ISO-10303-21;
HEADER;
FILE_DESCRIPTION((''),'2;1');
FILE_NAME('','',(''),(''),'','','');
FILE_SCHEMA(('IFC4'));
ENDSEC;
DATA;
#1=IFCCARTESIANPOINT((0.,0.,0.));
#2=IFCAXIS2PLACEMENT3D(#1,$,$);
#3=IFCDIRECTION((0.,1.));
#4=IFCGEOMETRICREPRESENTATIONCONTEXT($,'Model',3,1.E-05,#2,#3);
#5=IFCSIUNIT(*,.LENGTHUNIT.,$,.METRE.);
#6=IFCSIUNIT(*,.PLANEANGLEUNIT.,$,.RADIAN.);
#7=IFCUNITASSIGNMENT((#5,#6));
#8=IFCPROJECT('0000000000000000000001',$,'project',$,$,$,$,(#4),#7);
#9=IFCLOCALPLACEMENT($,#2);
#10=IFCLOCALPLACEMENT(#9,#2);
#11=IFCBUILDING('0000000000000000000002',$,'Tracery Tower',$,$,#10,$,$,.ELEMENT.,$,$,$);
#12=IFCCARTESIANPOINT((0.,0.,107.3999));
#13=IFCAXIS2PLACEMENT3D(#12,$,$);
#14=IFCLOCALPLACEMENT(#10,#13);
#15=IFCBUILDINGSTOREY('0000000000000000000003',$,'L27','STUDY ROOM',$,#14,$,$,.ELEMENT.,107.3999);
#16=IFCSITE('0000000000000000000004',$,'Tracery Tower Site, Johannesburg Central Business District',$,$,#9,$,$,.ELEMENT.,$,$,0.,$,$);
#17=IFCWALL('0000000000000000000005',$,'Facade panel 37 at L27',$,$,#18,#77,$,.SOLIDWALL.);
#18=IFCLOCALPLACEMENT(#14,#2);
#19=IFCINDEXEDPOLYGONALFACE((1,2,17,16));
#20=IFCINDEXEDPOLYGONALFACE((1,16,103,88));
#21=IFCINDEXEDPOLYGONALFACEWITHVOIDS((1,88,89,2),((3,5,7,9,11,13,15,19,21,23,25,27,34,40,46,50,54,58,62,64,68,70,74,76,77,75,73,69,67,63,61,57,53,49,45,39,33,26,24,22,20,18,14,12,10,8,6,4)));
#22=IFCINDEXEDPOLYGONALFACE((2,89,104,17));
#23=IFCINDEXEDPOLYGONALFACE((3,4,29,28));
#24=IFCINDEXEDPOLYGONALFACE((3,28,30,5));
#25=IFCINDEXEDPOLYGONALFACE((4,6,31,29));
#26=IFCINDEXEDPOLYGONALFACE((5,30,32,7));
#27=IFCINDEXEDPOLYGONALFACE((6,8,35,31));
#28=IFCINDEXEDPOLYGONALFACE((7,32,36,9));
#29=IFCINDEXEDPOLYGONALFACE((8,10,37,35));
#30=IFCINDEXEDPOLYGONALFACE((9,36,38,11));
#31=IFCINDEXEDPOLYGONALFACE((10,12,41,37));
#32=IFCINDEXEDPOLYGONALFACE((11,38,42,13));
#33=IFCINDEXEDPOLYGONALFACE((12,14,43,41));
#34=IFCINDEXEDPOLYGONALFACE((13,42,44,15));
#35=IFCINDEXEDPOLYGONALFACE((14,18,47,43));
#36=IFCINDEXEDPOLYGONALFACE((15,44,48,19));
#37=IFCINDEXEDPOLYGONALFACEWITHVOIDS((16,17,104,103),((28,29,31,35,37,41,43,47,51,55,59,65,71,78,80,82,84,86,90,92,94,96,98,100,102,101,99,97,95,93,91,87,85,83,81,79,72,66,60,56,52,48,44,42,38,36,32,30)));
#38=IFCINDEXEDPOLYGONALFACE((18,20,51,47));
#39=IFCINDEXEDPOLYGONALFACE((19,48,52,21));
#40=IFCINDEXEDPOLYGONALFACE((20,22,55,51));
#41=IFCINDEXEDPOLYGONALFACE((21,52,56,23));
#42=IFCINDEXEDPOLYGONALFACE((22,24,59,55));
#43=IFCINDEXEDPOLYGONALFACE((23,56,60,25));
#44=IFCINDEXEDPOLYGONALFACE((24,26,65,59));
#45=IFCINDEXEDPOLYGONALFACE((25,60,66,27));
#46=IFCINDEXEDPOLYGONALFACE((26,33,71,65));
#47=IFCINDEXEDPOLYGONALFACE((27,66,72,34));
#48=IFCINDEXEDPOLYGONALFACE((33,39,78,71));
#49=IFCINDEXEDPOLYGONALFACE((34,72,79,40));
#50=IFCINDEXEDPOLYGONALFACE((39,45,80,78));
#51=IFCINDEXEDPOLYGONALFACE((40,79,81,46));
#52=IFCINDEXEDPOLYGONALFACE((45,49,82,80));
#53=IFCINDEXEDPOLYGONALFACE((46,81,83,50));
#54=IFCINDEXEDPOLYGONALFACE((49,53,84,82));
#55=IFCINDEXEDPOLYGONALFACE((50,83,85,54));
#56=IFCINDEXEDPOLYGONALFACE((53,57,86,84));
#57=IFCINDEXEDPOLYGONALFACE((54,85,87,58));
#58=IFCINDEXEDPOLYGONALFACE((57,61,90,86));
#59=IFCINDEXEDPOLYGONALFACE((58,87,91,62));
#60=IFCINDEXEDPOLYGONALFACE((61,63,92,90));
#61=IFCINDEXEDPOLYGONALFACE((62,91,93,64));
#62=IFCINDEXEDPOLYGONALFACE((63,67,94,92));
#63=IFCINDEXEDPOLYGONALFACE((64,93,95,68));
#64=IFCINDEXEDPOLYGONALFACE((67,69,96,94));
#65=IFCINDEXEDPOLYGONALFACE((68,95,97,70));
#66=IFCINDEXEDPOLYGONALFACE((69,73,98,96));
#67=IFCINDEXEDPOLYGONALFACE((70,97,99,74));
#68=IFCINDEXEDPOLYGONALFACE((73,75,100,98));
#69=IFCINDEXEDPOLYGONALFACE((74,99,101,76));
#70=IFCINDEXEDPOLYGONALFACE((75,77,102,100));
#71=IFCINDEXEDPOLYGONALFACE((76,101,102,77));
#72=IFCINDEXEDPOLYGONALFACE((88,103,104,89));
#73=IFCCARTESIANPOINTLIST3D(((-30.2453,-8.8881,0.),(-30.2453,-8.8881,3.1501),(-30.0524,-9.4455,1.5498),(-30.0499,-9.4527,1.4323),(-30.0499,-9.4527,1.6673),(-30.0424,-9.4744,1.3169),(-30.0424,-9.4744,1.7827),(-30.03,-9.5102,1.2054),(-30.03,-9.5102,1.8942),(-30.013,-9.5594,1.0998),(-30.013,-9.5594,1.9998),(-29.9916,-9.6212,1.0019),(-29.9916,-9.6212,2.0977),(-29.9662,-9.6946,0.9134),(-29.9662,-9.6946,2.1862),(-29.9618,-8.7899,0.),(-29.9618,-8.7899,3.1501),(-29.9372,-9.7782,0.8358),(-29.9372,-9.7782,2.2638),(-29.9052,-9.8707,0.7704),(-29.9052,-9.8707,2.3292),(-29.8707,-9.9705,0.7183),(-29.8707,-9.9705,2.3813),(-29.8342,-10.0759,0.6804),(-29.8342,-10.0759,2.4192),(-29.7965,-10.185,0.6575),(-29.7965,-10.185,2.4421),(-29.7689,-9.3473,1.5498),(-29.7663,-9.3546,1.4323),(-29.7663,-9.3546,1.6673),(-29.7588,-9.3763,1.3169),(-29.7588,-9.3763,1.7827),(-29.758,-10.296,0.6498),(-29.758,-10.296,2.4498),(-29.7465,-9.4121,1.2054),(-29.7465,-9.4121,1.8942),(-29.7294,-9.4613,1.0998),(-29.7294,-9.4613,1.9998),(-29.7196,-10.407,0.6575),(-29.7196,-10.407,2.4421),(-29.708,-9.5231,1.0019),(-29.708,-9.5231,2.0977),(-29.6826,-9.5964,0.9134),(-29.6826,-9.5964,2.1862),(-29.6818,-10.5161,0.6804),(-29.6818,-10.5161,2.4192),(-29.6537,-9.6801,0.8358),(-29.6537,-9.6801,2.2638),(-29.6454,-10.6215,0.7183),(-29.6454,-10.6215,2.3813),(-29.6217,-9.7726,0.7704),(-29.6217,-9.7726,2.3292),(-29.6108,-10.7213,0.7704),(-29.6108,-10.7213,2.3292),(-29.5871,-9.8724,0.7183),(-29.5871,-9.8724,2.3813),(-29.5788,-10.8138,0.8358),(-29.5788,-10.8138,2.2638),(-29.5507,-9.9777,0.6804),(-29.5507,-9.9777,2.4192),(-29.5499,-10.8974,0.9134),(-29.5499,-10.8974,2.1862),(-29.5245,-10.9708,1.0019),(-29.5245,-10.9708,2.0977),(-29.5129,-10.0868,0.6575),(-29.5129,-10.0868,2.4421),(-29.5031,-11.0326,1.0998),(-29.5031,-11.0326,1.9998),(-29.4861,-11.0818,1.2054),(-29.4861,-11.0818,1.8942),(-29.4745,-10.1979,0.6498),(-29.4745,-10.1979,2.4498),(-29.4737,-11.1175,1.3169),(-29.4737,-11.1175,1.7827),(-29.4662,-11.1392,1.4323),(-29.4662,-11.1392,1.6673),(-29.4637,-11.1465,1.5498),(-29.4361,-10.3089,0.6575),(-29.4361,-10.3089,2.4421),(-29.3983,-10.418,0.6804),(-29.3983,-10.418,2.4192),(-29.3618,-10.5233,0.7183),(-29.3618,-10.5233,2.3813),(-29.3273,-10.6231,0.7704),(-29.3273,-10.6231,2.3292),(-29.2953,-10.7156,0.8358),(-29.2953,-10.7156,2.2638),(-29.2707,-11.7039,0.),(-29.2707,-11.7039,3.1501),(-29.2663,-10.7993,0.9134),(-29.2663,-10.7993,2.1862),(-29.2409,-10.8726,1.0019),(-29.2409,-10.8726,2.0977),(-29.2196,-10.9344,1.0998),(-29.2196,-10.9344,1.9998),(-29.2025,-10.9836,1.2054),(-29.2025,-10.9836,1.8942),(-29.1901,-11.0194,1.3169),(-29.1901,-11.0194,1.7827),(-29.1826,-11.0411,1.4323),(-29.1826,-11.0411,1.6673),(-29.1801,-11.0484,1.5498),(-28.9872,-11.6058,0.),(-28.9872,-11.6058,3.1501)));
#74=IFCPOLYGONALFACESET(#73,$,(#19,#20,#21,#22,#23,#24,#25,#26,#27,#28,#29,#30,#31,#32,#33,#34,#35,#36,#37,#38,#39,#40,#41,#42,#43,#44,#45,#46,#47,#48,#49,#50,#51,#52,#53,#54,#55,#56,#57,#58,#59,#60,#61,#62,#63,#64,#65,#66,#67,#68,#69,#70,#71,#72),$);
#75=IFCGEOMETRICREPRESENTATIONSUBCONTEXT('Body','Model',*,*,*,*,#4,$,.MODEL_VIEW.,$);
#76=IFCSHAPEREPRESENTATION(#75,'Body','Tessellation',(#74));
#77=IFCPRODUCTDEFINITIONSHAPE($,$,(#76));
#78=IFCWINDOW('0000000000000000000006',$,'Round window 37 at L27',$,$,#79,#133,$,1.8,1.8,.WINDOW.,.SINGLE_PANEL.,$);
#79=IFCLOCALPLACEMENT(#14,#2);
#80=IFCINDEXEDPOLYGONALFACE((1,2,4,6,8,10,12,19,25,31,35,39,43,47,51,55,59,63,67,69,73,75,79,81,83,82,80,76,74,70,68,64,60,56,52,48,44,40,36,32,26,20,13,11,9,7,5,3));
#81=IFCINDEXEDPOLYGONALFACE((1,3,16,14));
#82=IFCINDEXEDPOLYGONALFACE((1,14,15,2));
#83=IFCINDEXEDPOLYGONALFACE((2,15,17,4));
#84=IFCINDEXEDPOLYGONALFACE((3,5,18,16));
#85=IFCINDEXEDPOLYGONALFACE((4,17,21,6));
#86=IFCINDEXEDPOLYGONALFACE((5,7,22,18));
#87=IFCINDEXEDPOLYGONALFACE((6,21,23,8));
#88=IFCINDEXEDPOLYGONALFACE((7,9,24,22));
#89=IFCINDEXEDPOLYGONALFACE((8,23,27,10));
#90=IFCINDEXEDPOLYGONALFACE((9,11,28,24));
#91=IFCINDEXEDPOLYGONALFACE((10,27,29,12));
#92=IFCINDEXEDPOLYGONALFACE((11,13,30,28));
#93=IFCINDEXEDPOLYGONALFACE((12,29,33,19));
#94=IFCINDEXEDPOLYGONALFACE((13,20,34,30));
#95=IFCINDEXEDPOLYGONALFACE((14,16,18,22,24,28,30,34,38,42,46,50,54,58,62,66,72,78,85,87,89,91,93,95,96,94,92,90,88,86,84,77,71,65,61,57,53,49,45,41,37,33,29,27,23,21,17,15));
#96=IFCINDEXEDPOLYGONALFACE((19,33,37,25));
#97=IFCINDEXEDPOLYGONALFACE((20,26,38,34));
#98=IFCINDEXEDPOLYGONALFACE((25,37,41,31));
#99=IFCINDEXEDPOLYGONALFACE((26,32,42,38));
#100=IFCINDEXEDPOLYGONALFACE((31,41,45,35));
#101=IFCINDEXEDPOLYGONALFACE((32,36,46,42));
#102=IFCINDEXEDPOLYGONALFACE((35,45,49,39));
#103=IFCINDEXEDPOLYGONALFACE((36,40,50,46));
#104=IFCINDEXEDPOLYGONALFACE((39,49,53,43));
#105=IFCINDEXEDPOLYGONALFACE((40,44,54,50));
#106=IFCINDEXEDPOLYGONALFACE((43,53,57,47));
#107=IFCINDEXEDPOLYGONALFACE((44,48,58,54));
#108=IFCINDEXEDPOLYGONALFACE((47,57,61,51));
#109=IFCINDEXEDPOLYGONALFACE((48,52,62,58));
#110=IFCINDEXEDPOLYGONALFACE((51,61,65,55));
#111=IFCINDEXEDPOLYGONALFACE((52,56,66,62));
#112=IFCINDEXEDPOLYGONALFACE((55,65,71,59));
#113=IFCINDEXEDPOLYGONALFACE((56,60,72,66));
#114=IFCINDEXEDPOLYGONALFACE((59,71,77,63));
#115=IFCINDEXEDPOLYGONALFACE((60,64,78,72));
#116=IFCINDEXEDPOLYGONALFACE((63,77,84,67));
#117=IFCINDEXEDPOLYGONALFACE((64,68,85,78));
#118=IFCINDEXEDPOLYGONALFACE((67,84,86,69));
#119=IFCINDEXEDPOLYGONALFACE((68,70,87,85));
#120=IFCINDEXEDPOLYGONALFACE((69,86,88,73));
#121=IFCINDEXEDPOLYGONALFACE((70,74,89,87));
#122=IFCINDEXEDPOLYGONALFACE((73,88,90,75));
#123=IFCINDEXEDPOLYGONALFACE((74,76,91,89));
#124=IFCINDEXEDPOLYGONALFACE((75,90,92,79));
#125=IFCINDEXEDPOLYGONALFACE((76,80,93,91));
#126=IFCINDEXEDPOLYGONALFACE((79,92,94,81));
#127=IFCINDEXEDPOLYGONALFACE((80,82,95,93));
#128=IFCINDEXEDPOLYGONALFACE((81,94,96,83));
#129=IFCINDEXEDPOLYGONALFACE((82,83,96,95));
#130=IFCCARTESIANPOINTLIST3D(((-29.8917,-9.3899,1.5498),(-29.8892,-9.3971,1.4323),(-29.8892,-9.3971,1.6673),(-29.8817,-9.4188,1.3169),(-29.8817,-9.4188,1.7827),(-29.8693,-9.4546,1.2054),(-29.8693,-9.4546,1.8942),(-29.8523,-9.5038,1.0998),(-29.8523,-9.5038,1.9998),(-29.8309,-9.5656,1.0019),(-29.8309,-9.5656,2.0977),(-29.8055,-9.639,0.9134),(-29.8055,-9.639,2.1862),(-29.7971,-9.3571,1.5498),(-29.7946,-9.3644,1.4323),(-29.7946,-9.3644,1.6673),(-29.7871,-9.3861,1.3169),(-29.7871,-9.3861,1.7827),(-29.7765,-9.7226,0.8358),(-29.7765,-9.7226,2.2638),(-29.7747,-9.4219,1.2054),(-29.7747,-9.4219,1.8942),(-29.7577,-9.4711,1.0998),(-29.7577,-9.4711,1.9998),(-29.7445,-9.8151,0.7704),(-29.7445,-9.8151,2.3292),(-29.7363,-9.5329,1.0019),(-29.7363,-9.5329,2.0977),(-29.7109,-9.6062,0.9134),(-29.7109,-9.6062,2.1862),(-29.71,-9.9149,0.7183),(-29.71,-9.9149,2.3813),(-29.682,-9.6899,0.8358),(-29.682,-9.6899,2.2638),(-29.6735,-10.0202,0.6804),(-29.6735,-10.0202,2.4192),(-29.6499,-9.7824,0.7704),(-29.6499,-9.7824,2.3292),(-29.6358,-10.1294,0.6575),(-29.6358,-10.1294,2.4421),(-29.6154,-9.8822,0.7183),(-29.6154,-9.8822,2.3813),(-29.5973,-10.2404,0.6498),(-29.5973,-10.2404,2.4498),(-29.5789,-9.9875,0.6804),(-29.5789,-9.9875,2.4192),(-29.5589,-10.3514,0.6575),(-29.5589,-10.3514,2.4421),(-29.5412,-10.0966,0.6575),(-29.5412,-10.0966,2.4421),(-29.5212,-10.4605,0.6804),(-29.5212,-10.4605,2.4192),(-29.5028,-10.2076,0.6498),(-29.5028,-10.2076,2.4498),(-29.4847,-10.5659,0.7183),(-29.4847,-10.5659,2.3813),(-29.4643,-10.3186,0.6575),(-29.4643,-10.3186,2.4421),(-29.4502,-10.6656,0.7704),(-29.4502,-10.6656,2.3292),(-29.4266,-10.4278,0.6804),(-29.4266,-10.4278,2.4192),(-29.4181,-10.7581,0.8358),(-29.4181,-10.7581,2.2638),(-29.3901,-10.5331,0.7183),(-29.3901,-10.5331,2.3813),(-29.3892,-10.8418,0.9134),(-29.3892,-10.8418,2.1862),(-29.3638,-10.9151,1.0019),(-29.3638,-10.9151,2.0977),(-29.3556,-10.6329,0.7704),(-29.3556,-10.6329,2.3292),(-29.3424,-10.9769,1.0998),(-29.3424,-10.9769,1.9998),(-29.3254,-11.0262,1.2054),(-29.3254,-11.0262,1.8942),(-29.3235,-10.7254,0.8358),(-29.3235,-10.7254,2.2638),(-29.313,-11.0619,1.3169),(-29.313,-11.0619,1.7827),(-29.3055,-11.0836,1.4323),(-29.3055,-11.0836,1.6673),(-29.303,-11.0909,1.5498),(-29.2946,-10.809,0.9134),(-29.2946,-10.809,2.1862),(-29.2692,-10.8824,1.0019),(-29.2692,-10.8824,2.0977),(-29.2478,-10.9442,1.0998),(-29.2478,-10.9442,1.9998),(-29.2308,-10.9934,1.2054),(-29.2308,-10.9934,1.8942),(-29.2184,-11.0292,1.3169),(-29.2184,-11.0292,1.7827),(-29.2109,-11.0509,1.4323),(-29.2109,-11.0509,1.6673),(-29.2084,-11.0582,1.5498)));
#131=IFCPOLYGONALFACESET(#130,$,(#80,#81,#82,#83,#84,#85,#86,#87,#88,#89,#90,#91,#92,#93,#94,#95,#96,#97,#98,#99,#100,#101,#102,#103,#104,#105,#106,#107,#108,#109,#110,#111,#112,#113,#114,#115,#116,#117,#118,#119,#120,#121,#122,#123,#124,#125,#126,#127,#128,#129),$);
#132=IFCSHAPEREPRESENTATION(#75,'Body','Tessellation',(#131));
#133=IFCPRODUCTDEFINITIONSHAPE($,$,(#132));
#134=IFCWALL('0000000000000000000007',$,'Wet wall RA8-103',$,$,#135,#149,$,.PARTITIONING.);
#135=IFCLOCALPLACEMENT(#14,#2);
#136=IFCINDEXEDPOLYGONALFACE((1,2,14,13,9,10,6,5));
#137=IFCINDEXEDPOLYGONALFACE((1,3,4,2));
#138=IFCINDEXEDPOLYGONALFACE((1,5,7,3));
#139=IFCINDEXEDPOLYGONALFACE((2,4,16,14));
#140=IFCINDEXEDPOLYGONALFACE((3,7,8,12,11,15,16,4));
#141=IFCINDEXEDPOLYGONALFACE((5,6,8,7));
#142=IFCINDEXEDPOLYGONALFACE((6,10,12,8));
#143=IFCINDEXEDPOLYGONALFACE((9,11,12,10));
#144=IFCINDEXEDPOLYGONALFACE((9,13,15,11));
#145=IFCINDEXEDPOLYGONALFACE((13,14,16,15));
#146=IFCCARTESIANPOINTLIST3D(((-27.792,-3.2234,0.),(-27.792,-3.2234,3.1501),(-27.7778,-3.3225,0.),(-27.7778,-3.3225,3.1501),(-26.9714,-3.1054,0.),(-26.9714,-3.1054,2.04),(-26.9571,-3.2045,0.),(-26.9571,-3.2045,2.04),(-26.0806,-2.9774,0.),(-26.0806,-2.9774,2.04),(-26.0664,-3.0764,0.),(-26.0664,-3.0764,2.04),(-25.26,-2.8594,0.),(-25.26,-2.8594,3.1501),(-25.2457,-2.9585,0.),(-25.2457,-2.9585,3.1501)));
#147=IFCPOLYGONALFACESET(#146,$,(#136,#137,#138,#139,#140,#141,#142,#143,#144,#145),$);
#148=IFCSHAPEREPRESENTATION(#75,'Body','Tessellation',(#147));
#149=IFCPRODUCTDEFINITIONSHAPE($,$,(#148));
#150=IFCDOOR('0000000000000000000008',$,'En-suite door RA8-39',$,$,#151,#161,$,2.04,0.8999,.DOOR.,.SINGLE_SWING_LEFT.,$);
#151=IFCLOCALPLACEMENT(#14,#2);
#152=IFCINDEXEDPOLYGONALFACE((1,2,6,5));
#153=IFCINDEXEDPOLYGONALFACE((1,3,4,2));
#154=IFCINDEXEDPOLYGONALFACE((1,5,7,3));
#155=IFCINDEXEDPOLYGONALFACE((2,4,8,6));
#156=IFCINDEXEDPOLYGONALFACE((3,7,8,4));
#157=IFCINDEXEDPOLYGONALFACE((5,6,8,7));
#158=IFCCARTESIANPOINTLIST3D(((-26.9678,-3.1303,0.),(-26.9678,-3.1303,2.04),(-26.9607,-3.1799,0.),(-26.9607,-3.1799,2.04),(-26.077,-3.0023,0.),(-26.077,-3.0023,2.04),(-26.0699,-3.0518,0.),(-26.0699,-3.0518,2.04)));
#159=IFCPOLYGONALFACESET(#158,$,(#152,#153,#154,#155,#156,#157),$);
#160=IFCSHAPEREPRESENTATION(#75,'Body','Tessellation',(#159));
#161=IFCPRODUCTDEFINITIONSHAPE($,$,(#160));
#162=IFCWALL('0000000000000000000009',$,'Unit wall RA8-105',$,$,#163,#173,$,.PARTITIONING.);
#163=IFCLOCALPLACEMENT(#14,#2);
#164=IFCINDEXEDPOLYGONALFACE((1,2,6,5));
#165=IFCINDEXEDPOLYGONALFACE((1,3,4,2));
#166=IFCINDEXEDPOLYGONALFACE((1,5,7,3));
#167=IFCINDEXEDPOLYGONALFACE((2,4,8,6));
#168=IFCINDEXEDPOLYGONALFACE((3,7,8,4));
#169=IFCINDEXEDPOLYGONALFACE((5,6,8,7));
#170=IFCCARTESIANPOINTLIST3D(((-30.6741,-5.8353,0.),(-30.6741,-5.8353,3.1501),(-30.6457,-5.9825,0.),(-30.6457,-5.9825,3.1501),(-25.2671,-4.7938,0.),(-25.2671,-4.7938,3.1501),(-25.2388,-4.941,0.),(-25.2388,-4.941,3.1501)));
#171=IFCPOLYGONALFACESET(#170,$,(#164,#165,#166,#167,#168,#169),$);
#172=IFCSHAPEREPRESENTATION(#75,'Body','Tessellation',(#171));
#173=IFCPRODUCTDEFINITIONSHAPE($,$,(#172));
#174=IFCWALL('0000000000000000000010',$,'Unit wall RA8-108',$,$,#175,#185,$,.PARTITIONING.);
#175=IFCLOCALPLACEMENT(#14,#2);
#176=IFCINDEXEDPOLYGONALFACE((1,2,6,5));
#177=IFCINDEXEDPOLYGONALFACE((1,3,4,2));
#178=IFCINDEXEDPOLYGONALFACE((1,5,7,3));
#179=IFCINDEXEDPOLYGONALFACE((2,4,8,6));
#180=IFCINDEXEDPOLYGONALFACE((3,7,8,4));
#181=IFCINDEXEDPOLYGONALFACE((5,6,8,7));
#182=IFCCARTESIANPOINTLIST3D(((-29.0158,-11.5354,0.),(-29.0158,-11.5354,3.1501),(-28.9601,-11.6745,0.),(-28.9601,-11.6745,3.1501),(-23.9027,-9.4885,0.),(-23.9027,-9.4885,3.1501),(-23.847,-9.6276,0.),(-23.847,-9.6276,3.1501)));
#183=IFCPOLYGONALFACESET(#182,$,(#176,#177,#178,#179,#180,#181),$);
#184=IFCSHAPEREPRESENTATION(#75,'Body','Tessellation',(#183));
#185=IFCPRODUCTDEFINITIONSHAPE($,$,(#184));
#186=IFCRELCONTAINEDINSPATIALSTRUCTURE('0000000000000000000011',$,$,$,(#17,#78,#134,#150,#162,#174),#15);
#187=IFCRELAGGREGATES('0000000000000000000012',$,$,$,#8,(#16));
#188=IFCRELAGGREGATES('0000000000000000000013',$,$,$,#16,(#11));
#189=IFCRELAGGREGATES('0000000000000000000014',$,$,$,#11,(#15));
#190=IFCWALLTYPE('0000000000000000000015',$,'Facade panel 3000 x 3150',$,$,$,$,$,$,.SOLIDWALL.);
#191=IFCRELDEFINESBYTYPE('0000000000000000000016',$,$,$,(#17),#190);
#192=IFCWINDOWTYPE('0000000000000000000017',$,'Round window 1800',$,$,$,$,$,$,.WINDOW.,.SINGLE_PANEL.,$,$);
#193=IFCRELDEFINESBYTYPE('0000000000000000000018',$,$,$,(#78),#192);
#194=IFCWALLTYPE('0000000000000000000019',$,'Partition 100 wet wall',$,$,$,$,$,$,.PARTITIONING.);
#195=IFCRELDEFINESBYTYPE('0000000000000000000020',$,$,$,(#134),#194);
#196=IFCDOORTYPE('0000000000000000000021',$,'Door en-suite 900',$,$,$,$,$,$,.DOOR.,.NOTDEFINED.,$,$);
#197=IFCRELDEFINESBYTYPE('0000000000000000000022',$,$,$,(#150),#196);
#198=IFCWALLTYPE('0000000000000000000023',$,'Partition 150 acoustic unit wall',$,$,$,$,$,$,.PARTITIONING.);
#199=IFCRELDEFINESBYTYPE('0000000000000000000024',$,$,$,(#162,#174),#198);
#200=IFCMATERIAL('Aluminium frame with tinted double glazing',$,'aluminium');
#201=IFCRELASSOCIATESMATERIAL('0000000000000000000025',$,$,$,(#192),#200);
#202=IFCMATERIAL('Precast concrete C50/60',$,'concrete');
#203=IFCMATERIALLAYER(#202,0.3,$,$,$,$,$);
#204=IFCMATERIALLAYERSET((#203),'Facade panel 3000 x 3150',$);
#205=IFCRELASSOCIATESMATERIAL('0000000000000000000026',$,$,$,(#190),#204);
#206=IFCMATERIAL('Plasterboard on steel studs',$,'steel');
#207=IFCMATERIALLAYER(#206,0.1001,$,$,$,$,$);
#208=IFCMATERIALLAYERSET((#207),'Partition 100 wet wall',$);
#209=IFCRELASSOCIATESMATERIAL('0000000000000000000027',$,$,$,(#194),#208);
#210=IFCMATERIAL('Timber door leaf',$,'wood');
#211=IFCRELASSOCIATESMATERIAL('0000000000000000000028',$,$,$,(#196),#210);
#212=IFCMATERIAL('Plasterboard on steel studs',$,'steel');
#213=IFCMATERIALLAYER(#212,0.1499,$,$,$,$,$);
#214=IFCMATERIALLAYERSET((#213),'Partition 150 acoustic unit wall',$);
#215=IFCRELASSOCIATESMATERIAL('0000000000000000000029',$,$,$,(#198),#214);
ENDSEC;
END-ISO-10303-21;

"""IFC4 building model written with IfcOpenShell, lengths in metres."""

from ifc_helpers import new_model, si_unit, direction, frame, frame_2d, origin, origin_2d, place, context, subcontext, project, spatial, rectangle, circle, extrude, material, layer, layer_set, type_object, element, fill, save


model = new_model("IFC4")

# Units and contexts
model_context = context("Model", 3, precision=1e-05, world=origin(), true_north=direction((0.0, 1.0)))
body_context = subcontext(model_context, "Body", "Model", "MODEL_VIEW")
ifc_project = project(units=[si_unit("LENGTHUNIT", "METRE"), si_unit("PLANEANGLEUNIT", "RADIAN")], contexts=[model_context])

# Site, building, storey
site_placement = place(None, origin())
site = spatial("IfcSite", under=ifc_project, at=site_placement, Name="Tracery Tower Site, Johannesburg Central Business District", CompositionType="ELEMENT", RefElevation=0.0)
building_placement = place(site_placement, origin())
building = spatial("IfcBuilding", under=site, at=building_placement, Name="Tracery Tower", CompositionType="ELEMENT")
storey_placement = place(building_placement, frame((0.0, 0.0, 107.3999)))
storey = spatial("IfcBuildingStorey", under=building, at=storey_placement, Name="L27", Description="STUDY ROOM", CompositionType="ELEMENT", Elevation=107.3999)

# Wall, opening, window
ifc_material_1 = material(Name="Aluminium frame with tinted double glazing", Category="aluminium")
window_type = type_object("IfcWindowType", Name="Round window 1800", PartitioningType="SINGLE_PANEL", PredefinedType="WINDOW", material=ifc_material_1)
ifc_material_2 = material(Name="Precast concrete C50/60", Category="concrete")
ifc_layer_1 = layer(ifc_material_2, 0.3)
ifc_layer_set_1 = layer_set([ifc_layer_1], Name="Facade panel 3000 x 3150")
wall_type_1 = type_object("IfcWallType", Name="Facade panel 3000 x 3150", PredefinedType="SOLIDWALL", material=ifc_layer_set_1)
wall_1_placement = place(storey_placement, frame((-30.1035, -8.8391, 0.0), z_axis=(0.0, 0.0, 1.0), x_axis=(0.327071, -0.945, 0.0)))
wall_1 = element("IfcWall", 1, at=wall_1_placement, inside=storey, type_object=wall_type_1, Name="Facade panel 37 at L27", PredefinedType="SOLIDWALL", context=body_context, shape_type="SweptSolid", body=[
    extrude(rectangle(XDim=2.9797, YDim=0.3, at=frame_2d((1.4897, 0.0))), origin(), (0.0, 0.0, 1.0), 3.1501),
])
opening_1_placement = place(wall_1_placement, frame((1.4897, 0.0, 1.5498)))
opening_1 = element("IfcOpeningElement", 2, at=opening_1_placement, cuts=wall_1, PredefinedType="OPENING", context=body_context, shape_type="SweptSolid", body=[
    extrude(circle(Radius=0.9, at=origin_2d()), frame((0.0, 0.1599, 0.0), z_axis=(0.0, -1.0, 0.0), x_axis=(1.0, 0.0, 0.0)), (0.0, 0.0, 1.0), 0.3201),
])
window_1_placement = place(opening_1_placement, origin())
window_1 = element("IfcWindow", 3, at=window_1_placement, inside=storey, type_object=window_type, Name="Round window 37 at L27", OverallHeight=1.8, OverallWidth=1.8, PartitioningType="SINGLE_PANEL", PredefinedType="WINDOW", context=body_context, shape_type="SweptSolid", body=[
    extrude(circle(Radius=0.9, at=origin_2d()), frame((0.0, 0.1201, 0.0), z_axis=(0.0, -1.0, 0.0), x_axis=(1.0, 0.0, 0.0)), (0.0, 0.0, 1.0), 0.1001),
])
fill(opening_1, window_1)

# Wall, opening, door
ifc_material_3 = material(Name="Plasterboard on steel studs", Category="steel")
ifc_layer_2 = layer(ifc_material_3, 0.1001)
ifc_layer_set_2 = layer_set([ifc_layer_2], Name="Partition 100 wet wall")
wall_type_2 = type_object("IfcWallType", Name="Partition 100 wet wall", PredefinedType="PARTITIONING", material=ifc_layer_set_2)
wall_2_placement = place(storey_placement, frame((-27.7849, -3.2729, 0.0), z_axis=(0.0, 0.0, 1.0), x_axis=(0.989823, 0.142303, 0.0)))
wall_2 = element("IfcWall", 4, at=wall_2_placement, inside=storey, type_object=wall_type_2, Name="Wet wall RA8-103", PredefinedType="PARTITIONING", context=body_context, shape_type="SweptSolid", body=[
    extrude(rectangle(XDim=2.5581, YDim=0.1001, at=frame_2d((1.2791, 0.0))), origin(), (0.0, 0.0, 1.0), 3.1501),
])
opening_2_placement = place(wall_2_placement, frame((0.8291, 0.0, 0.0)))
opening_2 = element("IfcOpeningElement", 5, at=opening_2_placement, cuts=wall_2, PredefinedType="OPENING", context=body_context, shape_type="SweptSolid", body=[
    extrude(rectangle(XDim=0.8999, YDim=2.04, at=frame_2d((0.45, 1.02))), frame((0.0, 0.05, 0.0), z_axis=(0.0, -1.0, 0.0), x_axis=(1.0, 0.0, 0.0)), (0.0, 0.0, 1.0), 0.1001),
])
ifc_material_4 = material(Name="Timber door leaf", Category="wood")
door_type = type_object("IfcDoorType", Name="Door en-suite 900", OperationType="NOTDEFINED", PredefinedType="DOOR", material=ifc_material_4)
door_placement = place(opening_2_placement, origin())
door = element("IfcDoor", 6, at=door_placement, inside=storey, type_object=door_type, Name="En-suite door RA8-39", OperationType="SINGLE_SWING_LEFT", OverallHeight=2.04, OverallWidth=0.8999, PredefinedType="DOOR", context=body_context, shape_type="SweptSolid", body=[
    extrude(rectangle(XDim=0.8999, YDim=2.04, at=frame_2d((0.45, 1.02))), frame((0.0, 0.0249, 0.0), z_axis=(0.0, -1.0, 0.0), x_axis=(1.0, 0.0, 0.0)), (0.0, 0.0, 1.0), 0.05),
])
fill(opening_2, door)

# Walls
ifc_material_5 = material(Name="Plasterboard on steel studs", Category="steel")
ifc_layer_3 = layer(ifc_material_5, 0.1499)
ifc_layer_set_3 = layer_set([ifc_layer_3], Name="Partition 150 acoustic unit wall")
wall_type_3 = type_object("IfcWallType", Name="Partition 150 acoustic unit wall", PredefinedType="PARTITIONING", material=ifc_layer_set_3)
wall_3_placement = place(storey_placement, frame((-30.6599, -5.9089, 0.0), z_axis=(0.0, 0.0, 1.0), x_axis=(0.981949, 0.189145, 0.0)))
element("IfcWall", 7, at=wall_3_placement, inside=storey, type_object=wall_type_3, Name="Unit wall RA8-105", PredefinedType="PARTITIONING", context=body_context, shape_type="SweptSolid", body=[
    extrude(rectangle(XDim=5.5063, YDim=0.1499, at=frame_2d((2.7532, 0.0))), origin(), (0.0, 0.0, 1.0), 3.1501),
])
wall_4_placement = place(storey_placement, frame((-28.988, -11.605, 0.0), z_axis=(0.0, 0.0, 1.0), x_axis=(0.928373, 0.371651, 0.0)))
element("IfcWall", 8, at=wall_4_placement, inside=storey, type_object=wall_type_3, Name="Unit wall RA8-108", PredefinedType="PARTITIONING", context=body_context, shape_type="SweptSolid", body=[
    extrude(rectangle(XDim=5.5076, YDim=0.1499, at=frame_2d((2.7539, 0.0))), origin(), (0.0, 0.0, 1.0), 3.1501),
])

save(model, "model.ifc")
